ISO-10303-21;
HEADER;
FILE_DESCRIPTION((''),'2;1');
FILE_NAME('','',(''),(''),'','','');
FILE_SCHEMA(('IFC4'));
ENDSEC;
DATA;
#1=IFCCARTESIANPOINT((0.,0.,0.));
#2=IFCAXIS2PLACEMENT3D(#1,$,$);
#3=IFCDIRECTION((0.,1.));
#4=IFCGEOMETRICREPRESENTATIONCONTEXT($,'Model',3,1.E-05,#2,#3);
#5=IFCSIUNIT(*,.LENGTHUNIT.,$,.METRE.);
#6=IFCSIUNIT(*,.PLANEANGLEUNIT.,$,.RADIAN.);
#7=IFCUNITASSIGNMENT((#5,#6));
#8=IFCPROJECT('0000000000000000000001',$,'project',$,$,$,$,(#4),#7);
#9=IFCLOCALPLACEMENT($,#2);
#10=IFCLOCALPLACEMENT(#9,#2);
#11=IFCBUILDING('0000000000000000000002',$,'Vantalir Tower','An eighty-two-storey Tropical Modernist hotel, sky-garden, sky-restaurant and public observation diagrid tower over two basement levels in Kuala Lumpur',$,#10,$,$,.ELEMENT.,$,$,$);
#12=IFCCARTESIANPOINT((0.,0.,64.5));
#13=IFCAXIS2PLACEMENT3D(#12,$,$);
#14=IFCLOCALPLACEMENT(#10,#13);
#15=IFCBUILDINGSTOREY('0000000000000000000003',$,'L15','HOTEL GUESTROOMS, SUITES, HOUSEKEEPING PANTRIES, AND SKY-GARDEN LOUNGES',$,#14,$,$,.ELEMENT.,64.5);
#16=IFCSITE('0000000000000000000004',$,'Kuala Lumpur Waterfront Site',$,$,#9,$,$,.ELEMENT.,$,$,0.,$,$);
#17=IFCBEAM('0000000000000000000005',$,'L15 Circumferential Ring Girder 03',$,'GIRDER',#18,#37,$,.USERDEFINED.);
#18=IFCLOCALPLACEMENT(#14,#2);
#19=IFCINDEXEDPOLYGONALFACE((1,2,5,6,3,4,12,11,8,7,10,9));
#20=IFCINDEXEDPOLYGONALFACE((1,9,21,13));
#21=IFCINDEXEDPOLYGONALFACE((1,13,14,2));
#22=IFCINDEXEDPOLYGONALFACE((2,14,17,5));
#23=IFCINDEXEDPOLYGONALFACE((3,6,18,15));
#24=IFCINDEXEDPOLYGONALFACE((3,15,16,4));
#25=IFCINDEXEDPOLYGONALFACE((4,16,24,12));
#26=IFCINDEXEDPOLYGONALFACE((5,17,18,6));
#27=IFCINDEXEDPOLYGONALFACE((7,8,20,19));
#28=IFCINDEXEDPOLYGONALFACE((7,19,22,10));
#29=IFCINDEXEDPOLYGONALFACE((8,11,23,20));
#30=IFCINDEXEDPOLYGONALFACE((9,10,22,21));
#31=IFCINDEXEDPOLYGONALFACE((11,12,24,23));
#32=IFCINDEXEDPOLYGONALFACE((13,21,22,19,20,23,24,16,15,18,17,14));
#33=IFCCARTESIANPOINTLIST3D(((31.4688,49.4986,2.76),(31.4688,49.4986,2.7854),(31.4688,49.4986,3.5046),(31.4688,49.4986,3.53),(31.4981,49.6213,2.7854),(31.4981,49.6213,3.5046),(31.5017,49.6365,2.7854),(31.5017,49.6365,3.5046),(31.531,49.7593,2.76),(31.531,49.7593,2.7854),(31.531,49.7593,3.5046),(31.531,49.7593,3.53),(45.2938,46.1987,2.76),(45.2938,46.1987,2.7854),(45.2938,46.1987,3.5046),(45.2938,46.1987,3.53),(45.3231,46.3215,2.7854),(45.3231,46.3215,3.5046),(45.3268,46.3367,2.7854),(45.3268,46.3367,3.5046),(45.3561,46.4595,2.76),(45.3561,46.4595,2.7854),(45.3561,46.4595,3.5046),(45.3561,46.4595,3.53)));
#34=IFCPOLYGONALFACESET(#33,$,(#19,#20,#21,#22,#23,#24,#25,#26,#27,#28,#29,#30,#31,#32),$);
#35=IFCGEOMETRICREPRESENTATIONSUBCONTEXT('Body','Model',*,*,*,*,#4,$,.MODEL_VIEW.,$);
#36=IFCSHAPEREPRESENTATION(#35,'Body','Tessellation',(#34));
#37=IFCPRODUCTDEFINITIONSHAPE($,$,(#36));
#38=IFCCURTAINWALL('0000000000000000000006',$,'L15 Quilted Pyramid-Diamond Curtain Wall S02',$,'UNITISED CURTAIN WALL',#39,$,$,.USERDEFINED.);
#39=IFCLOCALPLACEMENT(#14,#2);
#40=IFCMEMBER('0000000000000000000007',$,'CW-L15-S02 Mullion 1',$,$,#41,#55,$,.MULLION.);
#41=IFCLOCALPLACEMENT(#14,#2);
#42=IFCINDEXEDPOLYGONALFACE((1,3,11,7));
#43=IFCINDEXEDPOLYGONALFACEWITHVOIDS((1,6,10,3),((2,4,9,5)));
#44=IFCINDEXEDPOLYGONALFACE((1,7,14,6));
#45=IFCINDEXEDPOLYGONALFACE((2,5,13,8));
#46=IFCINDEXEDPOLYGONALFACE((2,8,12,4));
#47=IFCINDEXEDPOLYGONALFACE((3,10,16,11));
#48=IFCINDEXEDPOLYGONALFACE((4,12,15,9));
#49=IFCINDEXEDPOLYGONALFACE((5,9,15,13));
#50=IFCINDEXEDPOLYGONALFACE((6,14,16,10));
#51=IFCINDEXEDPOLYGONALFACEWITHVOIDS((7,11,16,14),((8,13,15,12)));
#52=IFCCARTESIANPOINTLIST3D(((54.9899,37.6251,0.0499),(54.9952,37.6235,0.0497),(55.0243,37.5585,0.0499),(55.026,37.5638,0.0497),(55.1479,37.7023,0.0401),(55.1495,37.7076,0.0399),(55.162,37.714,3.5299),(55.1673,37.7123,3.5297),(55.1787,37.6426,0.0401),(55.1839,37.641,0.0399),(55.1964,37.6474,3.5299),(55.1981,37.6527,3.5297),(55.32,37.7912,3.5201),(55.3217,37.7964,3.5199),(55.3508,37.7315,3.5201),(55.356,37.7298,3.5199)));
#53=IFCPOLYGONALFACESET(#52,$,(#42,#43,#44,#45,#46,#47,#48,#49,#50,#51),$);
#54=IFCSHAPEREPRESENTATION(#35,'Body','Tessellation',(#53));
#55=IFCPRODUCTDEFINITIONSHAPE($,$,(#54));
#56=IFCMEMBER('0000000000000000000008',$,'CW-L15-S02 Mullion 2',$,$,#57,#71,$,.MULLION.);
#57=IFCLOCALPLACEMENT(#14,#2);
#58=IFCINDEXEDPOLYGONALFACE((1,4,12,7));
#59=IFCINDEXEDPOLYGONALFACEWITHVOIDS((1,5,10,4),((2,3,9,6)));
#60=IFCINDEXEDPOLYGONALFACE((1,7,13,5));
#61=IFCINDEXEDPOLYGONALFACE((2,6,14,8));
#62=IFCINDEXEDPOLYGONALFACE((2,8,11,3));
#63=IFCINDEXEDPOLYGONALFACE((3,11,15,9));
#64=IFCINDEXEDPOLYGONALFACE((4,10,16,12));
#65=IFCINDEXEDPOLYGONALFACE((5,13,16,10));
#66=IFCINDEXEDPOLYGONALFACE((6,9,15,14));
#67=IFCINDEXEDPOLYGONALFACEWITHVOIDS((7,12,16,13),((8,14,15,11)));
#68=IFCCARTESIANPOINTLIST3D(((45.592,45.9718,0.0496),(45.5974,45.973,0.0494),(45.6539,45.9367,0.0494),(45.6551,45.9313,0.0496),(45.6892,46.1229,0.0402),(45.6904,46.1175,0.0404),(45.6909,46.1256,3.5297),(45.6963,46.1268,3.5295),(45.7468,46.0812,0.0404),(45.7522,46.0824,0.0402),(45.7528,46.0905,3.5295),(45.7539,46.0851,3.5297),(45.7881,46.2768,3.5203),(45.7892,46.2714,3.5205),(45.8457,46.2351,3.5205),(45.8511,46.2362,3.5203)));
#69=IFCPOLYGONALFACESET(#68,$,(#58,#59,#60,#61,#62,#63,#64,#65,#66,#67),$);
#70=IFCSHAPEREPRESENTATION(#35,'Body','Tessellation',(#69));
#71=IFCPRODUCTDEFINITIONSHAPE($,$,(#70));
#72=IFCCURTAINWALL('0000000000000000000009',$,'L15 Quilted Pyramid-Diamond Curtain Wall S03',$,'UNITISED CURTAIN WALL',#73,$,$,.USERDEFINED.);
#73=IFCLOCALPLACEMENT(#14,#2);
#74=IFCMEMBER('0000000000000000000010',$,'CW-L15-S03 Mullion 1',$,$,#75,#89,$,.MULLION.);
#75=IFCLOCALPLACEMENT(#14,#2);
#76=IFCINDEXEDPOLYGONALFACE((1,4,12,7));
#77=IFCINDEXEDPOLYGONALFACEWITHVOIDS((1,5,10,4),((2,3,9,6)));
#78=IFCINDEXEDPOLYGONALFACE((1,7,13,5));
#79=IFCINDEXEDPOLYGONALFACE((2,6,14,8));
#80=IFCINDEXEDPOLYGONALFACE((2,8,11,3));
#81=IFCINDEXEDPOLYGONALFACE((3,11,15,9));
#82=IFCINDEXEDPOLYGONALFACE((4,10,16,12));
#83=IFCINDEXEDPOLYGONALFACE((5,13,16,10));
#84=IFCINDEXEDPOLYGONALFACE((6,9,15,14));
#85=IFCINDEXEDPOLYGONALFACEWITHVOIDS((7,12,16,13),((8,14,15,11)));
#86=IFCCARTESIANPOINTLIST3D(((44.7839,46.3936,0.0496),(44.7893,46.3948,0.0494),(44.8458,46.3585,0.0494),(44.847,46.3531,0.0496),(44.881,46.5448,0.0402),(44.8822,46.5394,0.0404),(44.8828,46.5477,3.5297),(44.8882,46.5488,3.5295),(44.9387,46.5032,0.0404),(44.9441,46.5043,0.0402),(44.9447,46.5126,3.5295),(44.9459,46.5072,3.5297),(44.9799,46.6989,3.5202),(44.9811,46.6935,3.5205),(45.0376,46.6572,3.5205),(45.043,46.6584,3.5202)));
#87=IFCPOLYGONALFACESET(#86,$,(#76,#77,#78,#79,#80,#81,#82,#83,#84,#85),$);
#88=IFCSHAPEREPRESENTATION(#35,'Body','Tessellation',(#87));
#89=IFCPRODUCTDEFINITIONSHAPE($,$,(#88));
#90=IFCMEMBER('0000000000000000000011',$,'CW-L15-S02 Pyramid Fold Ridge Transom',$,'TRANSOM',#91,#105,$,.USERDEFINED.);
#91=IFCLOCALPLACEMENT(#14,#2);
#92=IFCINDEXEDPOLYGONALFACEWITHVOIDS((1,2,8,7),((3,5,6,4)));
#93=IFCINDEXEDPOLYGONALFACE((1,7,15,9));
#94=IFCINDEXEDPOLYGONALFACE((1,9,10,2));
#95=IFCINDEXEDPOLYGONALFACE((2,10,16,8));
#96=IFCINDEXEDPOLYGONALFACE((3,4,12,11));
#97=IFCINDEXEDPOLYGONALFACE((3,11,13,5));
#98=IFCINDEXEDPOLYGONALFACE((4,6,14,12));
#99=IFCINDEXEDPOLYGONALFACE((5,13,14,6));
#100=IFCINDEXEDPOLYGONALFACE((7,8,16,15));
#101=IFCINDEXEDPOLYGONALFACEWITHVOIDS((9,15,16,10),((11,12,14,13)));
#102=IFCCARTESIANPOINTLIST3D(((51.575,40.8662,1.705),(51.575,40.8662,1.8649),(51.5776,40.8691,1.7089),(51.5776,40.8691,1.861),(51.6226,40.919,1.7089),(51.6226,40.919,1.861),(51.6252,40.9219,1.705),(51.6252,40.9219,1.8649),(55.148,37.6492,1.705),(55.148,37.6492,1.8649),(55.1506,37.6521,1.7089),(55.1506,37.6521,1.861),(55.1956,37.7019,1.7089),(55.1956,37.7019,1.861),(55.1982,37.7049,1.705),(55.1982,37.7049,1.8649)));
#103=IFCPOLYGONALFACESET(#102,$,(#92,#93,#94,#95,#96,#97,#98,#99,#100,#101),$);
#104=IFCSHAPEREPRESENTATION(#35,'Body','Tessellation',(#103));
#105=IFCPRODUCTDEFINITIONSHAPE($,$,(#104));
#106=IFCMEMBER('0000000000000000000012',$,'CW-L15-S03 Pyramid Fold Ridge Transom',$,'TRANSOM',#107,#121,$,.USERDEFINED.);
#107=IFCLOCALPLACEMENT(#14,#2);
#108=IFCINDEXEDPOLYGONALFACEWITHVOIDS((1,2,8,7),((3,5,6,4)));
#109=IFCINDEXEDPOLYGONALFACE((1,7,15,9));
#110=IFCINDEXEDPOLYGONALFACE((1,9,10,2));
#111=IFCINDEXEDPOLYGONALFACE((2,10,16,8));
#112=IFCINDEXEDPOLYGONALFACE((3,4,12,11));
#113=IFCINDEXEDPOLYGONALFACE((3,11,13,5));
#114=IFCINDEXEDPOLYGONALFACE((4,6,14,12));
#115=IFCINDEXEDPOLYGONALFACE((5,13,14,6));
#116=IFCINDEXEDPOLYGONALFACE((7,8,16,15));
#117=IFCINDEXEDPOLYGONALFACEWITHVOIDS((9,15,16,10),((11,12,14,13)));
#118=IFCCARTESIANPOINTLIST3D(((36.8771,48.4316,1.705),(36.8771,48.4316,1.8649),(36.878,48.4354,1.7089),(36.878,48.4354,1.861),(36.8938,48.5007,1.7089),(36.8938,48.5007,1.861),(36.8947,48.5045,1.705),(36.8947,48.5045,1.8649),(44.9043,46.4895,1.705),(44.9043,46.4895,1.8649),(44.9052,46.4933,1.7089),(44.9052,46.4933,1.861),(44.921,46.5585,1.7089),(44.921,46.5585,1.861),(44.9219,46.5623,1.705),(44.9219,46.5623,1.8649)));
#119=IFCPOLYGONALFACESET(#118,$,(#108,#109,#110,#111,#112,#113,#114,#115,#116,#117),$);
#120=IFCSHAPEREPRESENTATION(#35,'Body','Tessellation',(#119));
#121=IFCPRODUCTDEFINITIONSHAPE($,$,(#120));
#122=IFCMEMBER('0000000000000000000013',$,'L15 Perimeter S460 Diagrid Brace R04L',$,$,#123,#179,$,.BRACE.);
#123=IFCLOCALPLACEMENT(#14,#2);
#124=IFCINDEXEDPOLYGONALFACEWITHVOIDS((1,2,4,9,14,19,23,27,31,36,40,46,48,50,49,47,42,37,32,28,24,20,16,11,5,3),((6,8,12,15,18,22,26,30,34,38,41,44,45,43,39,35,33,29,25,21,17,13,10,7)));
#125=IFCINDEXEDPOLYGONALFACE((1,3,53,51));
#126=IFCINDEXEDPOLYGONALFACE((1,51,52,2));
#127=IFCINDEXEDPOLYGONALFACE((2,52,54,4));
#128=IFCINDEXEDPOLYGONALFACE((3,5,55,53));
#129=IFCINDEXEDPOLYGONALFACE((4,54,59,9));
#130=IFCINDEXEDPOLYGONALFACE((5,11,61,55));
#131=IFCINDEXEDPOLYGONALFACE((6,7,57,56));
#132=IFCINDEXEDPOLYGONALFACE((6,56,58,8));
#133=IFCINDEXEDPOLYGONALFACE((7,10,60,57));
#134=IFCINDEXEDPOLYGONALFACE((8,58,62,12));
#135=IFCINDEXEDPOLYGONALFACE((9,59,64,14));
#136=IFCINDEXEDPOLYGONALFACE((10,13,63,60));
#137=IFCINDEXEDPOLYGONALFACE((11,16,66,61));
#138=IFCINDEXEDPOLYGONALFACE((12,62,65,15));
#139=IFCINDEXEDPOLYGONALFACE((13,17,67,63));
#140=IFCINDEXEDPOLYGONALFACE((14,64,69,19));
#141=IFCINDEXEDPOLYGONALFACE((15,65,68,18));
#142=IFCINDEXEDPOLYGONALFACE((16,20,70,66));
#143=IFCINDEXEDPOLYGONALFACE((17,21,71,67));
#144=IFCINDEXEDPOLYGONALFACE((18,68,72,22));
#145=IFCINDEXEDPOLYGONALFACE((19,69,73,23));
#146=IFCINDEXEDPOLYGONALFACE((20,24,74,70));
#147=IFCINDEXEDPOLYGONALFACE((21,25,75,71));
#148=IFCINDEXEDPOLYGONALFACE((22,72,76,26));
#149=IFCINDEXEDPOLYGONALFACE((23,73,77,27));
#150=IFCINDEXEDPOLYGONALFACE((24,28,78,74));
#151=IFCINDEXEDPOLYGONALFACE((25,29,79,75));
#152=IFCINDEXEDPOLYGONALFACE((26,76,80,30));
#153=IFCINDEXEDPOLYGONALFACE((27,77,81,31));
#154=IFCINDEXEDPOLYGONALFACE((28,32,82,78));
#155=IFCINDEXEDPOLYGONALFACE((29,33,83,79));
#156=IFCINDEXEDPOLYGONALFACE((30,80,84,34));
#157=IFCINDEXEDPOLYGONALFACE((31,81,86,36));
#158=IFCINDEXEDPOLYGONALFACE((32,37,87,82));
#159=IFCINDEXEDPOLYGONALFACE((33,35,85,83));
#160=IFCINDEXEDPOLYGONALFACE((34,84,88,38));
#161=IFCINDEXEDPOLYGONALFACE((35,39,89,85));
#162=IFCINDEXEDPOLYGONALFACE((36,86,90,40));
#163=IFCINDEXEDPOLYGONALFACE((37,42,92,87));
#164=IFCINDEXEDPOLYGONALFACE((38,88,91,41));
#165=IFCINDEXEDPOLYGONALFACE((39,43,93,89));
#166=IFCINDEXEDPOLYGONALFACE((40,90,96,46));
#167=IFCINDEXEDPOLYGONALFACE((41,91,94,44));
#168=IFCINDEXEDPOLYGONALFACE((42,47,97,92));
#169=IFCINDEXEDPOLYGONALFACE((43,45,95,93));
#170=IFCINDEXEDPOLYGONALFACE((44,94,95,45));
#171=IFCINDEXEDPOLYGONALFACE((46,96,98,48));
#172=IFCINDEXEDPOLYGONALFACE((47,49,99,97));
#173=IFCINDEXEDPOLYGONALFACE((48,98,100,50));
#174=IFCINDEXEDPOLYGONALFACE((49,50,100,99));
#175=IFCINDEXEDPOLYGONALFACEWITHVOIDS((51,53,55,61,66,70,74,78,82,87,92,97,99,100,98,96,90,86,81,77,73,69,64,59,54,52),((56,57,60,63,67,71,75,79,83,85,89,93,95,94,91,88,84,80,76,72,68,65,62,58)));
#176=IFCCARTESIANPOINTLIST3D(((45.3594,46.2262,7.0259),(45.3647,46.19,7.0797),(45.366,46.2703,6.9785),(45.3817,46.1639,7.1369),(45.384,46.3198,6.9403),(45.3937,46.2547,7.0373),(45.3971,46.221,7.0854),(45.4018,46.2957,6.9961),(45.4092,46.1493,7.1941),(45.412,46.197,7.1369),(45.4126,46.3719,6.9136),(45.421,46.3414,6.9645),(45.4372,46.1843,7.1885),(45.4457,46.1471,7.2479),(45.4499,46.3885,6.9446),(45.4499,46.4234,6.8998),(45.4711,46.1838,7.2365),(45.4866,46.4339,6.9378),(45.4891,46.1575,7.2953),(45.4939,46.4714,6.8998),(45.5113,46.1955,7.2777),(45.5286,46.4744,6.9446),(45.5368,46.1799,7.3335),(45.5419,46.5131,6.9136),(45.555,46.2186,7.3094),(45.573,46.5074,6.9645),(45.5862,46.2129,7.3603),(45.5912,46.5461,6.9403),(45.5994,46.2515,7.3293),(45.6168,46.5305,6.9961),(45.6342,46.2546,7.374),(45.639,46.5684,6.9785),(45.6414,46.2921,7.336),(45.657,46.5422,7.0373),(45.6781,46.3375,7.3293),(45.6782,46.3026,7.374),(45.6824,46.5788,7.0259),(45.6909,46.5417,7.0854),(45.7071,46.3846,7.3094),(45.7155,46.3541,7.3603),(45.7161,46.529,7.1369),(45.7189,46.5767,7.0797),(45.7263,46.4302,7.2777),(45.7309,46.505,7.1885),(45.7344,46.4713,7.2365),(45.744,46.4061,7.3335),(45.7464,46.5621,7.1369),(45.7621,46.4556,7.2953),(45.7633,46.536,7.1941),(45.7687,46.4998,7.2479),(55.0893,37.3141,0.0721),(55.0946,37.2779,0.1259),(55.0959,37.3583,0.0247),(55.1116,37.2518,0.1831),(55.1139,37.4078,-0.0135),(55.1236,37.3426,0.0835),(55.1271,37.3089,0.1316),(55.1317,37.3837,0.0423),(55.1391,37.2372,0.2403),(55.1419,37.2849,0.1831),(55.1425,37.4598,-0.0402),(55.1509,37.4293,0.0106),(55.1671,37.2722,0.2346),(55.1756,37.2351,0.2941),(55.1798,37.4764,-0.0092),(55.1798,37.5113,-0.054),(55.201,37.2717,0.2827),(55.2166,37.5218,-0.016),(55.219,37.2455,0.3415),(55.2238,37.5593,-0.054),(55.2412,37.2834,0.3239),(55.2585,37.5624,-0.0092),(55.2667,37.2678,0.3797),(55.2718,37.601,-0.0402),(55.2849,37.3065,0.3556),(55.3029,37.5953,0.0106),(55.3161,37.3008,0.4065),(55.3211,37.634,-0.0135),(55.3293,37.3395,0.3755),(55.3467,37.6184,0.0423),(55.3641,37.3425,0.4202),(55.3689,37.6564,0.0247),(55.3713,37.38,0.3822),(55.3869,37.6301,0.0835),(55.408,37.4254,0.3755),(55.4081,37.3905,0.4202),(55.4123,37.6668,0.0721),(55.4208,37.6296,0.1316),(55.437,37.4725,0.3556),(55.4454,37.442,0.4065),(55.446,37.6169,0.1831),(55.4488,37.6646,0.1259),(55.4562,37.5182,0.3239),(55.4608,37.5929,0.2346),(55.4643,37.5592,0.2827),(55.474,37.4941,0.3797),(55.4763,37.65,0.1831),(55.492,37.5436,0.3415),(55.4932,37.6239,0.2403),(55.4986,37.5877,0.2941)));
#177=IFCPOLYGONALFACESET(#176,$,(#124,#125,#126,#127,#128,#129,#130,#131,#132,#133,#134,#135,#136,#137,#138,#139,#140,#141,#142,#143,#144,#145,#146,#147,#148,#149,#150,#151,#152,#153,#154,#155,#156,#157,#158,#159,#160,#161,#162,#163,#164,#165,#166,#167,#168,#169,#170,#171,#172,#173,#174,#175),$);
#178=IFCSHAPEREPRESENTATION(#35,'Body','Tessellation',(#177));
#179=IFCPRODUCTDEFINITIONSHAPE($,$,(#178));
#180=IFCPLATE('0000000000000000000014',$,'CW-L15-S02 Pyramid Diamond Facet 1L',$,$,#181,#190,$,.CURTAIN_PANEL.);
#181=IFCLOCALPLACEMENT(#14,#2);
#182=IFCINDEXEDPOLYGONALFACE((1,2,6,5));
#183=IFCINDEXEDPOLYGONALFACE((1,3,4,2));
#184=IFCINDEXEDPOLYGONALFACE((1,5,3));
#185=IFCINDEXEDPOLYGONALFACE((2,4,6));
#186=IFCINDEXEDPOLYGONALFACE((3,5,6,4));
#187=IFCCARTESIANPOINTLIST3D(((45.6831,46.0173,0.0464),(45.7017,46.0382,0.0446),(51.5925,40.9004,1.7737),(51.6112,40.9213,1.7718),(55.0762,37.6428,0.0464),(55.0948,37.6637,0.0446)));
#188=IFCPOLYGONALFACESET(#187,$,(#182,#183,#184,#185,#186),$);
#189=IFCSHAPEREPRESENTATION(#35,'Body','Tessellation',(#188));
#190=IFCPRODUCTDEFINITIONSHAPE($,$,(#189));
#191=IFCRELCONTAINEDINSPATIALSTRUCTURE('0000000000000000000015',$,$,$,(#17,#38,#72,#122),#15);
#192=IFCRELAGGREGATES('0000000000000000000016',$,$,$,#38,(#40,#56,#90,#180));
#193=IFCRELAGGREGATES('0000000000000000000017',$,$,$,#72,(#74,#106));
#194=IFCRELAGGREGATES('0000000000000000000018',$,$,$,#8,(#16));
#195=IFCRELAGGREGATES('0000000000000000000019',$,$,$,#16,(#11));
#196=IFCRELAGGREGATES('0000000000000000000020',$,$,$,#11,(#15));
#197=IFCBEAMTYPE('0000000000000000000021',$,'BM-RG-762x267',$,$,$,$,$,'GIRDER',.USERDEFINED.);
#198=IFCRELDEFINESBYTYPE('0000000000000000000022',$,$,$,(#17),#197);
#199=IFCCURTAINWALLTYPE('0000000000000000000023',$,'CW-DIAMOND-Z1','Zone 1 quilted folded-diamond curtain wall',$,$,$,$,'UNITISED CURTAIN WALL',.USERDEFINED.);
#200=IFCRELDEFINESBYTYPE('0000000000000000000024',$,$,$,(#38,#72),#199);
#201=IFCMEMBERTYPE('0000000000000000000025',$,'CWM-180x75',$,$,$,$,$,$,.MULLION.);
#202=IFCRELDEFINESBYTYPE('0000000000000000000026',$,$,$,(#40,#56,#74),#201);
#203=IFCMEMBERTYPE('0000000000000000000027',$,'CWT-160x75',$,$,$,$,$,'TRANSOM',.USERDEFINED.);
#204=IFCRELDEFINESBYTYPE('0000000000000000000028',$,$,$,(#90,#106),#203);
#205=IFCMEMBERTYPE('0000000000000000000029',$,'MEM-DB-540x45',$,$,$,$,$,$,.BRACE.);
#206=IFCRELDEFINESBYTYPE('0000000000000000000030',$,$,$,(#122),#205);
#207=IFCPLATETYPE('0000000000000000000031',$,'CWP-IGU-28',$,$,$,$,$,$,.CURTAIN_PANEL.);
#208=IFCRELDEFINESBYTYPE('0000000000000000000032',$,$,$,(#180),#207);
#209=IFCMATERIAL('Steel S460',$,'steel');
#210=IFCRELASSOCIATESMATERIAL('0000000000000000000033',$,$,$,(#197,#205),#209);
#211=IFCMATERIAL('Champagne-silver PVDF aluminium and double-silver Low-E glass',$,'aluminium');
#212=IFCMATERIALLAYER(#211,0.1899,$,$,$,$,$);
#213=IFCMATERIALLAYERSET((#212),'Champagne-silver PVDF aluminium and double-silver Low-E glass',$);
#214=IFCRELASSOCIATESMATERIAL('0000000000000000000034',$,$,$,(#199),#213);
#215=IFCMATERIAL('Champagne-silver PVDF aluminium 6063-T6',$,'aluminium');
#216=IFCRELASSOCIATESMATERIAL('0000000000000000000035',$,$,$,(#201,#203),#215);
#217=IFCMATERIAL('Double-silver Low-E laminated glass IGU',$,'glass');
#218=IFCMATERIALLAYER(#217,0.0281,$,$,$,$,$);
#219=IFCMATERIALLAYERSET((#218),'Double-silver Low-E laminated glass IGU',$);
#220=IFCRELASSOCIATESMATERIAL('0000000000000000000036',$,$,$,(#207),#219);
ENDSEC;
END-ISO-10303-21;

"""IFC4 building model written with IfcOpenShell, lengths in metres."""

from ifc_helpers import new_model, si_unit, direction, frame, origin, origin_2d, place, context, subcontext, project, spatial, polyline, hollow_rectangle, hollow_circle, i_section, outline, extrude, material, layer, layer_set, material_profile, profile_set, type_object, element, aggregate, save


model = new_model("IFC4")

# Units and contexts
model_context = context("Model", 3, precision=1e-05, world=origin(), true_north=direction((0.0, 1.0)))
body_context = subcontext(model_context, "Body", "Model", "MODEL_VIEW")
ifc_project = project(units=[si_unit("LENGTHUNIT", "METRE"), si_unit("PLANEANGLEUNIT", "RADIAN")], contexts=[model_context])

# Site, building, storey
site_placement = place(None, origin())
site = spatial("IfcSite", under=ifc_project, at=site_placement, Name="Kuala Lumpur Waterfront Site", CompositionType="ELEMENT", RefElevation=0.0)
building_placement = place(site_placement, origin())
building = spatial("IfcBuilding", under=site, at=building_placement, Name="Vantalir Tower", Description="An eighty-two-storey Tropical Modernist hotel, sky-garden, sky-restaurant and public observation diagrid tower over two basement levels in Kuala Lumpur", CompositionType="ELEMENT")
storey_placement = place(building_placement, frame((0.0, 0.0, 64.5)))
storey = spatial("IfcBuildingStorey", under=building, at=storey_placement, Name="L15", Description="HOTEL GUESTROOMS, SUITES, HOUSEKEEPING PANTRIES, AND SKY-GARDEN LOUNGES", CompositionType="ELEMENT", Elevation=64.5)

# Shared definitions
ifc_material_1 = material(Name="Steel S460", Category="steel")

# Beam
ifc_material_profile_1 = material_profile(ifc_material_1, i_section(OverallWidth=0.2681, OverallDepth=0.77, WebThickness=0.0156, FlangeThickness=0.0254, at=origin_2d()), Name="Steel S460")
ifc_profile_set_1 = profile_set([ifc_material_profile_1], Name="Steel S460")
beam_type_1 = type_object("IfcBeamType", Name="BM-RG-762x267", ElementType="GIRDER", PredefinedType="USERDEFINED", material=ifc_profile_set_1)
beam_1_placement = place(storey_placement, frame((45.325, 46.3291, 3.145), z_axis=(-0.972677, 0.232163, 0.0), x_axis=(-0.232163, -0.972677, 0.0)))
element("IfcBeam", 1, at=beam_1_placement, inside=storey, type_object=beam_type_1, Name="L15 Circumferential Ring Girder 03", ObjectType="GIRDER", PredefinedType="USERDEFINED", context=body_context, shape_type="SweptSolid", body=[
    extrude(i_section(OverallWidth=0.2681, OverallDepth=0.77, WebThickness=0.0156, FlangeThickness=0.0254, at=origin_2d()), origin(), (0.0, 0.0, 1.0), 14.2134),
])

# Curtain wall, members
ifc_material_2 = material(Name="Champagne-silver PVDF aluminium and double-silver Low-E glass", Category="aluminium")
ifc_layer_1 = layer(ifc_material_2, 0.1899)
ifc_layer_set_1 = layer_set([ifc_layer_1], Name="Champagne-silver PVDF aluminium and double-silver Low-E glass")
curtain_wall_type = type_object("IfcCurtainWallType", Name="CW-DIAMOND-Z1", Description="Zone 1 quilted folded-diamond curtain wall", ElementType="UNITISED CURTAIN WALL", PredefinedType="USERDEFINED", material=ifc_layer_set_1)
curtain_wall_1_placement = place(storey_placement, origin())
curtain_wall_1 = element("IfcCurtainWall", 2, at=curtain_wall_1_placement, inside=storey, type_object=curtain_wall_type, Name="L15 Quilted Pyramid-Diamond Curtain Wall S02", ObjectType="UNITISED CURTAIN WALL", PredefinedType="USERDEFINED")
ifc_material_3 = material(Name="Champagne-silver PVDF aluminium 6063-T6", Category="aluminium")
ifc_material_profile_2 = material_profile(ifc_material_3, hollow_rectangle(XDim=0.075, YDim=0.1799, WallThickness=0.0039, at=origin_2d()), Name="Champagne-silver PVDF aluminium 6063-T6")
ifc_profile_set_2 = profile_set([ifc_material_profile_2], Name="Champagne-silver PVDF aluminium 6063-T6")
member_type_1 = type_object("IfcMemberType", Name="CWM-180x75", PredefinedType="MULLION", material=ifc_profile_set_2)
member_1_placement = place(storey_placement, frame((55.0869, 37.6331, 0.0449), z_axis=(0.049383, 0.025497, 0.998454), x_axis=(-0.458771, 0.888554, 0.0)))
member_1 = element("IfcMember", 3, at=member_1_placement, type_object=member_type_1, Name="CW-L15-S02 Mullion 1", PredefinedType="MULLION", context=body_context, shape_type="SweptSolid", body=[
    extrude(hollow_rectangle(XDim=0.075, YDim=0.1799, WallThickness=0.0039, at=origin_2d()), origin(), (0.0, 0.0, 1.0), 3.4854),
])
member_2_placement = place(storey_placement, frame((45.6721, 46.0271, 0.0449), z_axis=(0.028374, 0.044137, 0.998622), x_axis=(-0.841178, 0.540758, 0.0)))
member_2 = element("IfcMember", 4, at=member_2_placement, type_object=member_type_1, Name="CW-L15-S02 Mullion 2", PredefinedType="MULLION", context=body_context, shape_type="SweptSolid", body=[
    extrude(hollow_rectangle(XDim=0.075, YDim=0.1799, WallThickness=0.0039, at=origin_2d()), origin(), (0.0, 0.0, 1.0), 3.4849),
])

# Curtain wall, member
curtain_wall_2_placement = place(storey_placement, origin())
curtain_wall_2 = element("IfcCurtainWall", 5, at=curtain_wall_2_placement, inside=storey, type_object=curtain_wall_type, Name="L15 Quilted Pyramid-Diamond Curtain Wall S03", ObjectType="UNITISED CURTAIN WALL", PredefinedType="USERDEFINED")
member_3_placement = place(storey_placement, frame((44.864, 46.449, 0.0449), z_axis=(0.028374, 0.044207, 0.998619), x_axis=(-0.841568, 0.540151, 0.0)))
member_3 = element("IfcMember", 6, at=member_3_placement, type_object=member_type_1, Name="CW-L15-S03 Mullion 1", PredefinedType="MULLION", context=body_context, shape_type="SweptSolid", body=[
    extrude(hollow_rectangle(XDim=0.075, YDim=0.1799, WallThickness=0.0039, at=origin_2d()), origin(), (0.0, 0.0, 1.0), 3.4849),
])

# Members
ifc_material_profile_3 = material_profile(ifc_material_3, hollow_rectangle(XDim=0.075, YDim=0.1599, WallThickness=0.0039, at=origin_2d()), Name="Champagne-silver PVDF aluminium 6063-T6")
ifc_profile_set_3 = profile_set([ifc_material_profile_3], Name="Champagne-silver PVDF aluminium 6063-T6")
member_type_2 = type_object("IfcMemberType", Name="CWT-160x75", ElementType="TRANSOM", PredefinedType="USERDEFINED", material=ifc_profile_set_3)
member_4_placement = place(storey_placement, frame((55.1731, 37.677, 1.7849), z_axis=(-0.743155, 0.669119, 0.0), x_axis=(-0.669119, -0.743155, 0.0)))
member_4 = element("IfcMember", 7, at=member_4_placement, type_object=member_type_2, Name="CW-L15-S02 Pyramid Fold Ridge Transom", ObjectType="TRANSOM", PredefinedType="USERDEFINED", context=body_context, shape_type="SweptSolid", body=[
    extrude(hollow_rectangle(XDim=0.075, YDim=0.1599, WallThickness=0.0039, at=origin_2d()), origin(), (0.0, 0.0, 1.0), 4.8079),
])
member_5_placement = place(storey_placement, frame((44.9131, 46.5259, 1.7849), z_axis=(-0.971956, 0.235163, 0.0), x_axis=(-0.235163, -0.971956, 0.0)))
member_5 = element("IfcMember", 8, at=member_5_placement, type_object=member_type_2, Name="CW-L15-S03 Pyramid Fold Ridge Transom", ObjectType="TRANSOM", PredefinedType="USERDEFINED", context=body_context, shape_type="SweptSolid", body=[
    extrude(hollow_rectangle(XDim=0.075, YDim=0.1599, WallThickness=0.0039, at=origin_2d()), origin(), (0.0, 0.0, 1.0), 8.2588),
])
ifc_material_profile_4 = material_profile(ifc_material_1, hollow_circle(Radius=0.27, WallThickness=0.0449, at=origin_2d()), Name="Steel S460")
ifc_profile_set_4 = profile_set([ifc_material_profile_4], Name="Steel S460")
member_type_3 = type_object("IfcMemberType", Name="MEM-DB-540x45", PredefinedType="BRACE", material=ifc_profile_set_4)
member_6_placement = place(storey_placement, frame((55.2939, 37.4509, 0.1831), z_axis=(-0.652366, 0.59753, 0.466235), x_axis=(-0.675435, -0.73742, 0.0)))
element("IfcMember", 9, at=member_6_placement, inside=storey, type_object=member_type_3, Name="L15 Perimeter S460 Diagrid Brace R04L", PredefinedType="BRACE", context=body_context, shape_type="SweptSolid", body=[
    extrude(hollow_circle(Radius=0.27, WallThickness=0.0449, at=origin_2d()), origin(), (0.0, 0.0, 1.0), 14.9148),
])

# Plate
ifc_material_4 = material(Name="Double-silver Low-E laminated glass IGU", Category="glass")
ifc_layer_2 = layer(ifc_material_4, 0.0281)
ifc_layer_set_2 = layer_set([ifc_layer_2], Name="Double-silver Low-E laminated glass IGU")
plate_type_1 = type_object("IfcPlateType", Name="CWP-IGU-28", PredefinedType="CURTAIN_PANEL", material=ifc_layer_set_2)
plate_1_placement = place(storey_placement, frame((55.0762, 37.6428, 0.0464), z_axis=(-0.664053, -0.744819, 0.065406), x_axis=(-0.746417, 0.665478, 0.0)))
plate_1 = element("IfcPlate", 10, at=plate_1_placement, type_object=plate_type_1, Name="CW-L15-S02 Pyramid Diamond Facet 1L", PredefinedType="CURTAIN_PANEL", context=body_context, shape_type="SweptSolid", body=[
    extrude(outline(polyline([(0.0, 0.0), (12.5842, 0.0), (4.7681, -1.731), (0.0, 0.0)])), origin(), (0.0, 0.0, -1.0), 0.0281),
])
aggregate(curtain_wall_1, [member_1, member_2, member_4, plate_1])
aggregate(curtain_wall_2, [member_3, member_5])

save(model, "model.ifc")
